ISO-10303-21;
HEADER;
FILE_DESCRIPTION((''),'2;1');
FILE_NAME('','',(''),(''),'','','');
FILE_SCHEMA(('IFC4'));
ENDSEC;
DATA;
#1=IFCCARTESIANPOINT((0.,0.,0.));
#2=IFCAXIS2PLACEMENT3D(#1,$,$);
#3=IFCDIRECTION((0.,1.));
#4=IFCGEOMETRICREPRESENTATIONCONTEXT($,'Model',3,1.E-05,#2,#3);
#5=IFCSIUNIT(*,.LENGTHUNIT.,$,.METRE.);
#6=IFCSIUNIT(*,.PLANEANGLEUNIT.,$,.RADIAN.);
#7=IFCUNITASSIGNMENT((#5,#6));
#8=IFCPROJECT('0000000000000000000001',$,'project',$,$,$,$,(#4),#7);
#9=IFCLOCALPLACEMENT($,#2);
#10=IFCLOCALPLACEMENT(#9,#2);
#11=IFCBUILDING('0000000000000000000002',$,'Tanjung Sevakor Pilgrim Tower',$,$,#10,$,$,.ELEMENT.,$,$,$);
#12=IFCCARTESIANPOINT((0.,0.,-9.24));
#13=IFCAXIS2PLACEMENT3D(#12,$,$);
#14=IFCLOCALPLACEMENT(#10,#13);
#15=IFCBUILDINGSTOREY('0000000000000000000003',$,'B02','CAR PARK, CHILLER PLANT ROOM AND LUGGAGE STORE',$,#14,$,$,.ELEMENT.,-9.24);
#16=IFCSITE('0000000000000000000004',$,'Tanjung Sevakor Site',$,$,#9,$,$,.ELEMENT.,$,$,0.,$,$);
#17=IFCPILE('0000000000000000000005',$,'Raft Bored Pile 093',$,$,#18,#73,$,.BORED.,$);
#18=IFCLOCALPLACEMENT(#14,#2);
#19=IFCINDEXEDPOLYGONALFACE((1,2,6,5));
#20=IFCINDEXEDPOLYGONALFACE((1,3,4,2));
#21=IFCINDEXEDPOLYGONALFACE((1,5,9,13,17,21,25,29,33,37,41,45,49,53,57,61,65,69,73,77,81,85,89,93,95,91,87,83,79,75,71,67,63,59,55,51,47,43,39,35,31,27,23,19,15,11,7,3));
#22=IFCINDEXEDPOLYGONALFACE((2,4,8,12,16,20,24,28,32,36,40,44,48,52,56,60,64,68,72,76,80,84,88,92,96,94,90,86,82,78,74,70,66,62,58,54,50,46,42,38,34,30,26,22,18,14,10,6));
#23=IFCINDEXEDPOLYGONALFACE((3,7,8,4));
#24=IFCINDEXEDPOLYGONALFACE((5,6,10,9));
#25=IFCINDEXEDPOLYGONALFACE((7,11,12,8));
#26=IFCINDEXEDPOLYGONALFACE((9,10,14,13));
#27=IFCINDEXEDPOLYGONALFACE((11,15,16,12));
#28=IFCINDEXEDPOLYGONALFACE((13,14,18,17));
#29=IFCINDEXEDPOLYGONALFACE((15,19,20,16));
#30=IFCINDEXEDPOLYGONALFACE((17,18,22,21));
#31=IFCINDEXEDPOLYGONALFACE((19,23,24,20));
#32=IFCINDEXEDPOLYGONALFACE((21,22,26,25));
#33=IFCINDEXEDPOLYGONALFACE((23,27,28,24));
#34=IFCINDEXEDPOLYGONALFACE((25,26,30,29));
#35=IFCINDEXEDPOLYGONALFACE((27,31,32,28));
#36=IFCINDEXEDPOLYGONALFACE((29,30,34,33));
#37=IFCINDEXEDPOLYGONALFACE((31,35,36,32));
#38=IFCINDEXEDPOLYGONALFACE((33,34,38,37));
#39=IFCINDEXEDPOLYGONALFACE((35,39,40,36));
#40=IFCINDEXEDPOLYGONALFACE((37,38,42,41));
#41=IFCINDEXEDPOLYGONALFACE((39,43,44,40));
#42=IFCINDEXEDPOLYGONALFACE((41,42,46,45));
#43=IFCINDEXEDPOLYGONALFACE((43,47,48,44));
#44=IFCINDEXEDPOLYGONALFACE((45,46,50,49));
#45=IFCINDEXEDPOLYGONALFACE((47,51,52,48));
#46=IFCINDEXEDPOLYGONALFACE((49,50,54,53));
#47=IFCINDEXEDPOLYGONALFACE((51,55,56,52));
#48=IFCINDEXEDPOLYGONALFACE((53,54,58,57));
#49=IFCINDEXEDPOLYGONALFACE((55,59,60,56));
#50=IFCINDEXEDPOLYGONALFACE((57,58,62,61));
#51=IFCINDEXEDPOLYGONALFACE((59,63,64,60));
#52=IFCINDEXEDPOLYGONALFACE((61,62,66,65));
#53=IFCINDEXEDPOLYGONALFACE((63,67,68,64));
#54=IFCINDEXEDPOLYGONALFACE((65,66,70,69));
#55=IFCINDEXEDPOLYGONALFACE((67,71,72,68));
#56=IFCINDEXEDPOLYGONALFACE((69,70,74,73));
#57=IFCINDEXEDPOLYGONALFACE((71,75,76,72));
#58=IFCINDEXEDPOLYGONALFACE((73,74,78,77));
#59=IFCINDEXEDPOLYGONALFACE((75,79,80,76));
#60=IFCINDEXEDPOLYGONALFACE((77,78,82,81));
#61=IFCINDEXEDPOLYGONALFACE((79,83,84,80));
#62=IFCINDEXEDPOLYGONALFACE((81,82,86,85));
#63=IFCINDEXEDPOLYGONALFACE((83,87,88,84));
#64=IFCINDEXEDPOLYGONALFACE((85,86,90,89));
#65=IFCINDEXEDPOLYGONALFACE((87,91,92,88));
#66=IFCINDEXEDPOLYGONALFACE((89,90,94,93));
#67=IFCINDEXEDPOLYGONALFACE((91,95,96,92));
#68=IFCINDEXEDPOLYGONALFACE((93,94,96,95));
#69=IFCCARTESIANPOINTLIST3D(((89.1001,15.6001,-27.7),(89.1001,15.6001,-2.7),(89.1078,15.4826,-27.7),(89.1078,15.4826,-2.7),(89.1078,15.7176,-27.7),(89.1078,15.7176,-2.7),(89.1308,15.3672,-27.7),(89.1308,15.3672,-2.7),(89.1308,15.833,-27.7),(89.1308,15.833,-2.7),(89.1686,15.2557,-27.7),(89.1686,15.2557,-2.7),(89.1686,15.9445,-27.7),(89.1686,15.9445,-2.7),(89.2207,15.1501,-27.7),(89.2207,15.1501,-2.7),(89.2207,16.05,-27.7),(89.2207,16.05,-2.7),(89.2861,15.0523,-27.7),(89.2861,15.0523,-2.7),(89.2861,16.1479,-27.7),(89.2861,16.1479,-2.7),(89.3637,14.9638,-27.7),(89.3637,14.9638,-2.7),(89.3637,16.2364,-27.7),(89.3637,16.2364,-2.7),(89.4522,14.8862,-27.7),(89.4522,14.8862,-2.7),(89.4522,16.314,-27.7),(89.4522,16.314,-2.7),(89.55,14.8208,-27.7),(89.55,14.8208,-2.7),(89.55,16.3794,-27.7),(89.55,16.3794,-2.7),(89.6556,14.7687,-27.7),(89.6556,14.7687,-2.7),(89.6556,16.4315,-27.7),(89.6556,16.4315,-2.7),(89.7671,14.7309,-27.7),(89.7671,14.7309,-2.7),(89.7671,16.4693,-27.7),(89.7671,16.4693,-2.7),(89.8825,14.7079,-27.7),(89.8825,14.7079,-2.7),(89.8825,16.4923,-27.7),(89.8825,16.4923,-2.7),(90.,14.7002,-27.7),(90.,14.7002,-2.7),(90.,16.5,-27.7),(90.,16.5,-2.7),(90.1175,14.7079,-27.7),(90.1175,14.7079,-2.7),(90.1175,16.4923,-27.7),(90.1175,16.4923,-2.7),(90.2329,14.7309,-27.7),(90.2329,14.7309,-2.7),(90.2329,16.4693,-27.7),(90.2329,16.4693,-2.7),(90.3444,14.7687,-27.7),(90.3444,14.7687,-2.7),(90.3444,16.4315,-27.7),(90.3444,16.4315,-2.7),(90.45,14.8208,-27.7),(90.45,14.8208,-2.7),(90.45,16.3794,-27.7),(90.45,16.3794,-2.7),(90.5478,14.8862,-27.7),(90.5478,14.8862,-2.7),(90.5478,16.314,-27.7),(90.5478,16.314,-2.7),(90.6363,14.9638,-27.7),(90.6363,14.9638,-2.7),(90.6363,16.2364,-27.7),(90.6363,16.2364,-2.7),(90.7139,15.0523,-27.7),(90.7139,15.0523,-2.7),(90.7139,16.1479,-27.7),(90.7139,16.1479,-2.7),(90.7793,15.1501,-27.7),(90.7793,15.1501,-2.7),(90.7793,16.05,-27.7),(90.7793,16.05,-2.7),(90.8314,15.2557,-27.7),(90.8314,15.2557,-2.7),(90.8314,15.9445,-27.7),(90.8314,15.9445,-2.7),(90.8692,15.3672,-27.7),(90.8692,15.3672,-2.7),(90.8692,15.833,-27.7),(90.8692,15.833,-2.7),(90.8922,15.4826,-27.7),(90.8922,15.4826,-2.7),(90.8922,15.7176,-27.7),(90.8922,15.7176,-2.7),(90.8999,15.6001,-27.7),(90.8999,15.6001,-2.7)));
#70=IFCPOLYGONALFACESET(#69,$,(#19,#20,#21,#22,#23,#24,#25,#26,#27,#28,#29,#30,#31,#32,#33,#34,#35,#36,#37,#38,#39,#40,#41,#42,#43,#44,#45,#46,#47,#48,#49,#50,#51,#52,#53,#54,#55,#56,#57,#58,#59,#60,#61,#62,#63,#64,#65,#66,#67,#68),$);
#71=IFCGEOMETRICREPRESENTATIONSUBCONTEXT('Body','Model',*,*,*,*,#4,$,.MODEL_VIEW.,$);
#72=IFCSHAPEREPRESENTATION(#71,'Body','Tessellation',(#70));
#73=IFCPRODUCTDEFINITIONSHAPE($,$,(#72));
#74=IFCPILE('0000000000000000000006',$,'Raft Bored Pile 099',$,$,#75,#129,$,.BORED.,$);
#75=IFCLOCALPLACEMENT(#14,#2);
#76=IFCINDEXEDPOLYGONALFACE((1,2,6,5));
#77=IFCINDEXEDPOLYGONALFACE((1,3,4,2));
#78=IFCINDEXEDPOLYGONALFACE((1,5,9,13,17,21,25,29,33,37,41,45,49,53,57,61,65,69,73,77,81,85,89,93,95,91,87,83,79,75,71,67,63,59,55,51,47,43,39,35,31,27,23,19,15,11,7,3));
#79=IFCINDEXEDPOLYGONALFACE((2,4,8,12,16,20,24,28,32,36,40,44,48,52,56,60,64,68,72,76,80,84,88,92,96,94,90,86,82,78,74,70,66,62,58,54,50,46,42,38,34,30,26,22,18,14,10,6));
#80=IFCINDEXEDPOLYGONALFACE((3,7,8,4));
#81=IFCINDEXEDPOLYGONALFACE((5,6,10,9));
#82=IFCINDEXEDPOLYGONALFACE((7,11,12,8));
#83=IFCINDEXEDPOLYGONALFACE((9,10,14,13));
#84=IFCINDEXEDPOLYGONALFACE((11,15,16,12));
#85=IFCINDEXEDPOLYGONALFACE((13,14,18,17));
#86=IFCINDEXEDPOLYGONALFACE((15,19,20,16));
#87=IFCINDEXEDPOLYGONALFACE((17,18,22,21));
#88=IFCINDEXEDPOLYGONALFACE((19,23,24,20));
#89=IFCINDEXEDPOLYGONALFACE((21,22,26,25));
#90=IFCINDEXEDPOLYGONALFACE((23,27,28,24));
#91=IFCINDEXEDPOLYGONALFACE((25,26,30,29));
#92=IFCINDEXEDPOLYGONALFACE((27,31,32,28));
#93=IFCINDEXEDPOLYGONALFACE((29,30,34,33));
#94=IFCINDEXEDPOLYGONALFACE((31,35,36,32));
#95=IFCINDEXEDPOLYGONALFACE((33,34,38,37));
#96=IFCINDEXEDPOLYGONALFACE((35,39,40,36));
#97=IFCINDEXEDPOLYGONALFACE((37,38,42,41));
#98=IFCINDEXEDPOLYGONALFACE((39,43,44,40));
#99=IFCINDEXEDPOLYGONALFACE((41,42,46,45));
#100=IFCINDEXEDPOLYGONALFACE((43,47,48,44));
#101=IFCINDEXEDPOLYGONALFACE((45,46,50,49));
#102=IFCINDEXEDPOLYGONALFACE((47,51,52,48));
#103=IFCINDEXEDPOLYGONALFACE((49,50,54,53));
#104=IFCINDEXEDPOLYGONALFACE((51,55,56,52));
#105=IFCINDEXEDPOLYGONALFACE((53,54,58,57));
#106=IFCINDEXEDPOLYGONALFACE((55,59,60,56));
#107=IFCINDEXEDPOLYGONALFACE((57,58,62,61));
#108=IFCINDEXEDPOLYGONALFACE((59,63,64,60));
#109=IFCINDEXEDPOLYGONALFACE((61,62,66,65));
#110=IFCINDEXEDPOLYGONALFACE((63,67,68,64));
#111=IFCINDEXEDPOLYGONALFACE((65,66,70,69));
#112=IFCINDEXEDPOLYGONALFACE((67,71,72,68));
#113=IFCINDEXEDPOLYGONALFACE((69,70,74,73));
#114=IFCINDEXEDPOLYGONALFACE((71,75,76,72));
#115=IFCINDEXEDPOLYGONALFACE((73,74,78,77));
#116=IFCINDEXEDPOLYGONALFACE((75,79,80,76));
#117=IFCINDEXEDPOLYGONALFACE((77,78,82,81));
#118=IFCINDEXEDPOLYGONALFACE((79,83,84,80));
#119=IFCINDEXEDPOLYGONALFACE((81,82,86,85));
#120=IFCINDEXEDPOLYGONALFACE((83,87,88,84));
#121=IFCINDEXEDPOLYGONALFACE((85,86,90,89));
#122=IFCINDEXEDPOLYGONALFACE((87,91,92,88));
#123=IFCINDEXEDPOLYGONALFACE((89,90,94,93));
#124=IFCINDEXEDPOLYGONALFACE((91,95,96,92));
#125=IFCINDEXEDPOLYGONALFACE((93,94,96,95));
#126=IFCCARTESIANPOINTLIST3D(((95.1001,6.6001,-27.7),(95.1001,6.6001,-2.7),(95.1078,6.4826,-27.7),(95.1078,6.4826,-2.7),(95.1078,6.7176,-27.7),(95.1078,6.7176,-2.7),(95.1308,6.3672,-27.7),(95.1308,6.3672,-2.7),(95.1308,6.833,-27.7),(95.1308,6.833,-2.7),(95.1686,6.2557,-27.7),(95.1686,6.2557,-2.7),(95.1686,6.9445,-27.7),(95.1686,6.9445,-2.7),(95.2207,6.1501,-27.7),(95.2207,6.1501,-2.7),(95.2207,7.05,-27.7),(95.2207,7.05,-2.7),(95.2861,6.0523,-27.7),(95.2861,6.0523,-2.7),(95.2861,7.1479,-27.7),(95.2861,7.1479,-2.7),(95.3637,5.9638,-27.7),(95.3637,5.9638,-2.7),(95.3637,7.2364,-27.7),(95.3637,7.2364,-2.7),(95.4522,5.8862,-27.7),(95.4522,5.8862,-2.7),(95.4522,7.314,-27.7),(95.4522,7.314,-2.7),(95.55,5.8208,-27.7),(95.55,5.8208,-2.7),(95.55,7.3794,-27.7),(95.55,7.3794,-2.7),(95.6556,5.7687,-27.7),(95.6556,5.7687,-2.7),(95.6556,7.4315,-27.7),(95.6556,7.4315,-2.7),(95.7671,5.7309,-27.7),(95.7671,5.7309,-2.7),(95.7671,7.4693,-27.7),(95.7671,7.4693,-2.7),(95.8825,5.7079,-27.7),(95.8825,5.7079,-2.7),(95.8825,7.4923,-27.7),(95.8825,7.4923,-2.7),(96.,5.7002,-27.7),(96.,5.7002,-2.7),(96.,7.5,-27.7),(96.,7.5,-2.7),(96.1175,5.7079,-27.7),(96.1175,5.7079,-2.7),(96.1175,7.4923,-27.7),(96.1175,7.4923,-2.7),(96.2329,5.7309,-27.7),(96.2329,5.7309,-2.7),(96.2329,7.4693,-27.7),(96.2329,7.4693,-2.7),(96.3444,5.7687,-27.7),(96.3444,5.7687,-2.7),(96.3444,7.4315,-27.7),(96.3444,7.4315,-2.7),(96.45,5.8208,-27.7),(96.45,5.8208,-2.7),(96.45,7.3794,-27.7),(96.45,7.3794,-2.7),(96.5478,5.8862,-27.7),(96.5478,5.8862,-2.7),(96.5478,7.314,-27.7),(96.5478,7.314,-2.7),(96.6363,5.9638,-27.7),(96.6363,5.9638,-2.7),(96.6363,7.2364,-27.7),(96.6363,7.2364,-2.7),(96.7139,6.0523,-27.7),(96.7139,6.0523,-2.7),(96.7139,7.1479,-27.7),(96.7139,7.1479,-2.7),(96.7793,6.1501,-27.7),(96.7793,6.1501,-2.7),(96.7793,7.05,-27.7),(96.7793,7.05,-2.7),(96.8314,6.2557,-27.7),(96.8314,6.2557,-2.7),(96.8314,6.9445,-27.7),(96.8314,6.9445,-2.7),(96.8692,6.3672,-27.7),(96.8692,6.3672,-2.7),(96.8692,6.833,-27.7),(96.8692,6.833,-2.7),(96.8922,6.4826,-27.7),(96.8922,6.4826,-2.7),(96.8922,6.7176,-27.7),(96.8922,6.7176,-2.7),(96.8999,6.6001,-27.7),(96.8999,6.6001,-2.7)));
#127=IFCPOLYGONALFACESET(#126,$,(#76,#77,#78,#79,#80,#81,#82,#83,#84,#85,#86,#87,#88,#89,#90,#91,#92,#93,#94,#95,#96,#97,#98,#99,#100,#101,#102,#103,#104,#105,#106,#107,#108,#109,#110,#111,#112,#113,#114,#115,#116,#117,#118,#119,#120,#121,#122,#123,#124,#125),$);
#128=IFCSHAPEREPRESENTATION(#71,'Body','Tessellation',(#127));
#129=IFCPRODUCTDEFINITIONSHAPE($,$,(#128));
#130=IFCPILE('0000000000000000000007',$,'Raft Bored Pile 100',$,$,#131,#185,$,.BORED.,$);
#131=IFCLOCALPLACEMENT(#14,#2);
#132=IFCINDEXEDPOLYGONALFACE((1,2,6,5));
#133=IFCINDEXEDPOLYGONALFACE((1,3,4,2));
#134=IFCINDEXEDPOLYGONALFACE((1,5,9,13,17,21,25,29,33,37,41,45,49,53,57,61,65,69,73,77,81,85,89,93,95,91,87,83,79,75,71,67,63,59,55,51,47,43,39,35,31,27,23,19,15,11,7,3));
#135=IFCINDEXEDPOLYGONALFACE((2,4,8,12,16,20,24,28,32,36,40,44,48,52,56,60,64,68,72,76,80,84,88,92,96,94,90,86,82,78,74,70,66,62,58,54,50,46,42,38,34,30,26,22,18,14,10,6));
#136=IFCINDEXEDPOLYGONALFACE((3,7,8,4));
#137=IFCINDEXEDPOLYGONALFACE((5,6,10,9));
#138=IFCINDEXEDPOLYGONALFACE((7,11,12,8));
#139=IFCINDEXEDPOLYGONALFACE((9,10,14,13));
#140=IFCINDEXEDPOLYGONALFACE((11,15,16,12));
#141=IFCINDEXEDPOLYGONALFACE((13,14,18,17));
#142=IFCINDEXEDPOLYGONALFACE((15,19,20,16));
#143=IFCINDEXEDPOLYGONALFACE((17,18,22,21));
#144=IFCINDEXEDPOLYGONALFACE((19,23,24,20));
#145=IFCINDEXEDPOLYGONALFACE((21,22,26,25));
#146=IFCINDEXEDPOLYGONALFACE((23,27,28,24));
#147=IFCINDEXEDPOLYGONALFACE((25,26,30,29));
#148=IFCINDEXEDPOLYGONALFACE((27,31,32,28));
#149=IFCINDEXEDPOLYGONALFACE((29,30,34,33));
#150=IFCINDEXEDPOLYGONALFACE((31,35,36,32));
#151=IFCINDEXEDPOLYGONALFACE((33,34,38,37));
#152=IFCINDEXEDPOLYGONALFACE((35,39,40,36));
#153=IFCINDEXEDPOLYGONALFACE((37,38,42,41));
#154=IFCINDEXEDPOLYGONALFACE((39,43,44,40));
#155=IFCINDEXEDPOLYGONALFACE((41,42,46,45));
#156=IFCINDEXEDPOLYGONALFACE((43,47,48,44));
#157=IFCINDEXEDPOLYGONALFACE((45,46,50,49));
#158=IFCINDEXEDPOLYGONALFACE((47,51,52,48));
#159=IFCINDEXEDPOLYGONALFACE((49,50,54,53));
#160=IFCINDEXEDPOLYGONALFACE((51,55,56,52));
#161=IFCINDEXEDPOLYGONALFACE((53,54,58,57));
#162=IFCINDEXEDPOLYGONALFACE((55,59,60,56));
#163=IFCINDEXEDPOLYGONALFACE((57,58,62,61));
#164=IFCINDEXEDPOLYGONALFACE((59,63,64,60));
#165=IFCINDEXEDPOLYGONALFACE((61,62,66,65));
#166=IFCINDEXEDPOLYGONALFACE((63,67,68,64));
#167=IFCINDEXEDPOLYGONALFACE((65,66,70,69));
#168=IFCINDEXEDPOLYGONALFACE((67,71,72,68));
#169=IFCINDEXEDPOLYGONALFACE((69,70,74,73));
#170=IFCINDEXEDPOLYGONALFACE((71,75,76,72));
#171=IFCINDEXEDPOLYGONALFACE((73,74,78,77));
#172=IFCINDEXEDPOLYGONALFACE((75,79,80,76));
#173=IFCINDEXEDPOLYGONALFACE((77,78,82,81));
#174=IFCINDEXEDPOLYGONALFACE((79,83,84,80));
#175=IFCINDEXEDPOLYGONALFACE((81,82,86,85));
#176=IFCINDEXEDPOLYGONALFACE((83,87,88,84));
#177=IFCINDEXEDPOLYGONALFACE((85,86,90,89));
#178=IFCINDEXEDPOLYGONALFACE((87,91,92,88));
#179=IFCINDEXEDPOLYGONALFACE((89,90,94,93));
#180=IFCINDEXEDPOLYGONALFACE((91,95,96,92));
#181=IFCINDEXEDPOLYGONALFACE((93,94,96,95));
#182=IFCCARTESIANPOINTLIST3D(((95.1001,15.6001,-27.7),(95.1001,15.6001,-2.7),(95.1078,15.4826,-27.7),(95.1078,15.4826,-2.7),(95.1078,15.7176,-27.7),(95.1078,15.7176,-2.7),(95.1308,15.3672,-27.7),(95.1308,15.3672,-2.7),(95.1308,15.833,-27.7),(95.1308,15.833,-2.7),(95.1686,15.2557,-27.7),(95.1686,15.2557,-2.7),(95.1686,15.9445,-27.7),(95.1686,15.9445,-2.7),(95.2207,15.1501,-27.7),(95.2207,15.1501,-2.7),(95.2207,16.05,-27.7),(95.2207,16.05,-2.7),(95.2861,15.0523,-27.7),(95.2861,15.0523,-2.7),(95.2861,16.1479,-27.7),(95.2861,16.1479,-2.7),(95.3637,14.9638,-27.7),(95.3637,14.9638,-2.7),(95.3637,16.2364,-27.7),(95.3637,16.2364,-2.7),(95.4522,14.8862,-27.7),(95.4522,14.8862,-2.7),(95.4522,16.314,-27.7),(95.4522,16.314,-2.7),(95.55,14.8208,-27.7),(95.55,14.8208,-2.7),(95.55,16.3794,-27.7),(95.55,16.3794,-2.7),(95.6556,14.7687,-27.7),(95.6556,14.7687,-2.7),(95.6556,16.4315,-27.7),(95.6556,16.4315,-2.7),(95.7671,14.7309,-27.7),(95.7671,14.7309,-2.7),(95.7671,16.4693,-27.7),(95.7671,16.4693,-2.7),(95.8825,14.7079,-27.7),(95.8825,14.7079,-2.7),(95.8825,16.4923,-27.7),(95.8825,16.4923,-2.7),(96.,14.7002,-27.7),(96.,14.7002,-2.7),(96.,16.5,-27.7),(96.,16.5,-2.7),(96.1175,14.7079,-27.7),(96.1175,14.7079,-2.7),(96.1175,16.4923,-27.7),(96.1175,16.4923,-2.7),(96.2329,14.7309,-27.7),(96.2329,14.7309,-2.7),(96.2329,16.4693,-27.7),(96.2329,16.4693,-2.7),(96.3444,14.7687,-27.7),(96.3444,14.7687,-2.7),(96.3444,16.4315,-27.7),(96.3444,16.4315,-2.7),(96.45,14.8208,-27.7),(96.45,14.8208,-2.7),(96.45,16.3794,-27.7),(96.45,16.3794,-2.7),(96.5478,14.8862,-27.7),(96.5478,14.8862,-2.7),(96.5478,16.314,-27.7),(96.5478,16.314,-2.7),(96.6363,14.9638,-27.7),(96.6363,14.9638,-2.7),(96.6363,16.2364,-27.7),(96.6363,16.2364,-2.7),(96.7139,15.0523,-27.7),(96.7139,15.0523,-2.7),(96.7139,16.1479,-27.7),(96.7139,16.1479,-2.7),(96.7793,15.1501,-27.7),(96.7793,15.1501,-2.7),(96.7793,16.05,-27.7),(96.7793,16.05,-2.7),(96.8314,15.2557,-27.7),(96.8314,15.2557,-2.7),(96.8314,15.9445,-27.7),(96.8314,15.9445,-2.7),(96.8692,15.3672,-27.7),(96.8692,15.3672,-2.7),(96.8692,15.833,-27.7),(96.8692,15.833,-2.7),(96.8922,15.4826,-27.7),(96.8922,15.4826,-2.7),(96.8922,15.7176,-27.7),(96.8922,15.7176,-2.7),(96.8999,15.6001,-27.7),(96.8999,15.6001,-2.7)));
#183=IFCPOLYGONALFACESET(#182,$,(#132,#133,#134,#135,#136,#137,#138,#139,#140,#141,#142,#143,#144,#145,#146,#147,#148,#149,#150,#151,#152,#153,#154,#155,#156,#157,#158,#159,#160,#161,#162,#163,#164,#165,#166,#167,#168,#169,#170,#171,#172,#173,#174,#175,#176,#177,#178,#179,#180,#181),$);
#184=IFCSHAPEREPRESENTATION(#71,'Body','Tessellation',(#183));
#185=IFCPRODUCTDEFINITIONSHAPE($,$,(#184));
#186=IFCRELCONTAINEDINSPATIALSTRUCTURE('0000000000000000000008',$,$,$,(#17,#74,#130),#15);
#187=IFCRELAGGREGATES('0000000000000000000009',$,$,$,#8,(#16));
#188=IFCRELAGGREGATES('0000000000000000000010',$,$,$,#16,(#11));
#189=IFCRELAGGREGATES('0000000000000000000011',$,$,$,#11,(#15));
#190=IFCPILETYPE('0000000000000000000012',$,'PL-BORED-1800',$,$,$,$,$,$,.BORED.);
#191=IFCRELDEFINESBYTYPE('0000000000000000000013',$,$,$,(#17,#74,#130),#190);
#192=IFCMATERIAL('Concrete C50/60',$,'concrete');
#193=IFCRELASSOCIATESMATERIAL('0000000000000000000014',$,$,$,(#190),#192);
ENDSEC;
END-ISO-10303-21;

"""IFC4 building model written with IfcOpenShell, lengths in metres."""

from ifc_helpers import new_model, si_unit, direction, frame, origin, origin_2d, place, context, subcontext, project, spatial, circle, extrude, material, material_profile, profile_set, type_object, element, save


model = new_model("IFC4")

# Units and contexts
model_context = context("Model", 3, precision=1e-05, world=origin(), true_north=direction((0.0, 1.0)))
body_context = subcontext(model_context, "Body", "Model", "MODEL_VIEW")
ifc_project = project(units=[si_unit("LENGTHUNIT", "METRE"), si_unit("PLANEANGLEUNIT", "RADIAN")], contexts=[model_context])

# Site, building, storey
site_placement = place(None, origin())
site = spatial("IfcSite", under=ifc_project, at=site_placement, Name="Tanjung Sevakor Site", CompositionType="ELEMENT", RefElevation=0.0)
building_placement = place(site_placement, origin())
building = spatial("IfcBuilding", under=site, at=building_placement, Name="Tanjung Sevakor Pilgrim Tower", CompositionType="ELEMENT")
storey_placement = place(building_placement, frame((0.0, 0.0, -9.24)))
storey = spatial("IfcBuildingStorey", under=building, at=storey_placement, Name="B02", Description="CAR PARK, CHILLER PLANT ROOM AND LUGGAGE STORE", CompositionType="ELEMENT", Elevation=-9.24)

# Piles
ifc_material_1 = material(Name="Concrete C50/60", Category="concrete")
ifc_material_profile_1 = material_profile(ifc_material_1, circle(Radius=0.8999, at=origin_2d()))
ifc_profile_set_1 = profile_set([ifc_material_profile_1], Name="Concrete C50/60")
pile_type_1 = type_object("IfcPileType", Name="PL-BORED-1800", PredefinedType="BORED", material=ifc_profile_set_1)
for number, where, z_axis, x_axis, name in (
    (1, (90.0, 15.6001, -2.7), (0.0, 0.0, -1.0), (1.0, 0.0, 0.0), "Raft Bored Pile 093"),
    (2, (96.0, 6.6001, -2.7), (0.0, 0.0, -1.0), (1.0, 0.0, 0.0), "Raft Bored Pile 099"),
    (3, (96.0, 15.6001, -2.7), (0.0, 0.0, -1.0), (1.0, 0.0, 0.0), "Raft Bored Pile 100"),
):
    element("IfcPile", number, at=place(storey_placement, frame(where, z_axis=z_axis, x_axis=x_axis)), inside=storey, type_object=pile_type_1, Name=name, PredefinedType="BORED", context=body_context, shape_type="SweptSolid", body=[
        extrude(circle(Radius=0.8999, at=origin_2d()), origin(), (0.0, 0.0, 1.0), 25.0),
    ])

save(model, "model.ifc")
